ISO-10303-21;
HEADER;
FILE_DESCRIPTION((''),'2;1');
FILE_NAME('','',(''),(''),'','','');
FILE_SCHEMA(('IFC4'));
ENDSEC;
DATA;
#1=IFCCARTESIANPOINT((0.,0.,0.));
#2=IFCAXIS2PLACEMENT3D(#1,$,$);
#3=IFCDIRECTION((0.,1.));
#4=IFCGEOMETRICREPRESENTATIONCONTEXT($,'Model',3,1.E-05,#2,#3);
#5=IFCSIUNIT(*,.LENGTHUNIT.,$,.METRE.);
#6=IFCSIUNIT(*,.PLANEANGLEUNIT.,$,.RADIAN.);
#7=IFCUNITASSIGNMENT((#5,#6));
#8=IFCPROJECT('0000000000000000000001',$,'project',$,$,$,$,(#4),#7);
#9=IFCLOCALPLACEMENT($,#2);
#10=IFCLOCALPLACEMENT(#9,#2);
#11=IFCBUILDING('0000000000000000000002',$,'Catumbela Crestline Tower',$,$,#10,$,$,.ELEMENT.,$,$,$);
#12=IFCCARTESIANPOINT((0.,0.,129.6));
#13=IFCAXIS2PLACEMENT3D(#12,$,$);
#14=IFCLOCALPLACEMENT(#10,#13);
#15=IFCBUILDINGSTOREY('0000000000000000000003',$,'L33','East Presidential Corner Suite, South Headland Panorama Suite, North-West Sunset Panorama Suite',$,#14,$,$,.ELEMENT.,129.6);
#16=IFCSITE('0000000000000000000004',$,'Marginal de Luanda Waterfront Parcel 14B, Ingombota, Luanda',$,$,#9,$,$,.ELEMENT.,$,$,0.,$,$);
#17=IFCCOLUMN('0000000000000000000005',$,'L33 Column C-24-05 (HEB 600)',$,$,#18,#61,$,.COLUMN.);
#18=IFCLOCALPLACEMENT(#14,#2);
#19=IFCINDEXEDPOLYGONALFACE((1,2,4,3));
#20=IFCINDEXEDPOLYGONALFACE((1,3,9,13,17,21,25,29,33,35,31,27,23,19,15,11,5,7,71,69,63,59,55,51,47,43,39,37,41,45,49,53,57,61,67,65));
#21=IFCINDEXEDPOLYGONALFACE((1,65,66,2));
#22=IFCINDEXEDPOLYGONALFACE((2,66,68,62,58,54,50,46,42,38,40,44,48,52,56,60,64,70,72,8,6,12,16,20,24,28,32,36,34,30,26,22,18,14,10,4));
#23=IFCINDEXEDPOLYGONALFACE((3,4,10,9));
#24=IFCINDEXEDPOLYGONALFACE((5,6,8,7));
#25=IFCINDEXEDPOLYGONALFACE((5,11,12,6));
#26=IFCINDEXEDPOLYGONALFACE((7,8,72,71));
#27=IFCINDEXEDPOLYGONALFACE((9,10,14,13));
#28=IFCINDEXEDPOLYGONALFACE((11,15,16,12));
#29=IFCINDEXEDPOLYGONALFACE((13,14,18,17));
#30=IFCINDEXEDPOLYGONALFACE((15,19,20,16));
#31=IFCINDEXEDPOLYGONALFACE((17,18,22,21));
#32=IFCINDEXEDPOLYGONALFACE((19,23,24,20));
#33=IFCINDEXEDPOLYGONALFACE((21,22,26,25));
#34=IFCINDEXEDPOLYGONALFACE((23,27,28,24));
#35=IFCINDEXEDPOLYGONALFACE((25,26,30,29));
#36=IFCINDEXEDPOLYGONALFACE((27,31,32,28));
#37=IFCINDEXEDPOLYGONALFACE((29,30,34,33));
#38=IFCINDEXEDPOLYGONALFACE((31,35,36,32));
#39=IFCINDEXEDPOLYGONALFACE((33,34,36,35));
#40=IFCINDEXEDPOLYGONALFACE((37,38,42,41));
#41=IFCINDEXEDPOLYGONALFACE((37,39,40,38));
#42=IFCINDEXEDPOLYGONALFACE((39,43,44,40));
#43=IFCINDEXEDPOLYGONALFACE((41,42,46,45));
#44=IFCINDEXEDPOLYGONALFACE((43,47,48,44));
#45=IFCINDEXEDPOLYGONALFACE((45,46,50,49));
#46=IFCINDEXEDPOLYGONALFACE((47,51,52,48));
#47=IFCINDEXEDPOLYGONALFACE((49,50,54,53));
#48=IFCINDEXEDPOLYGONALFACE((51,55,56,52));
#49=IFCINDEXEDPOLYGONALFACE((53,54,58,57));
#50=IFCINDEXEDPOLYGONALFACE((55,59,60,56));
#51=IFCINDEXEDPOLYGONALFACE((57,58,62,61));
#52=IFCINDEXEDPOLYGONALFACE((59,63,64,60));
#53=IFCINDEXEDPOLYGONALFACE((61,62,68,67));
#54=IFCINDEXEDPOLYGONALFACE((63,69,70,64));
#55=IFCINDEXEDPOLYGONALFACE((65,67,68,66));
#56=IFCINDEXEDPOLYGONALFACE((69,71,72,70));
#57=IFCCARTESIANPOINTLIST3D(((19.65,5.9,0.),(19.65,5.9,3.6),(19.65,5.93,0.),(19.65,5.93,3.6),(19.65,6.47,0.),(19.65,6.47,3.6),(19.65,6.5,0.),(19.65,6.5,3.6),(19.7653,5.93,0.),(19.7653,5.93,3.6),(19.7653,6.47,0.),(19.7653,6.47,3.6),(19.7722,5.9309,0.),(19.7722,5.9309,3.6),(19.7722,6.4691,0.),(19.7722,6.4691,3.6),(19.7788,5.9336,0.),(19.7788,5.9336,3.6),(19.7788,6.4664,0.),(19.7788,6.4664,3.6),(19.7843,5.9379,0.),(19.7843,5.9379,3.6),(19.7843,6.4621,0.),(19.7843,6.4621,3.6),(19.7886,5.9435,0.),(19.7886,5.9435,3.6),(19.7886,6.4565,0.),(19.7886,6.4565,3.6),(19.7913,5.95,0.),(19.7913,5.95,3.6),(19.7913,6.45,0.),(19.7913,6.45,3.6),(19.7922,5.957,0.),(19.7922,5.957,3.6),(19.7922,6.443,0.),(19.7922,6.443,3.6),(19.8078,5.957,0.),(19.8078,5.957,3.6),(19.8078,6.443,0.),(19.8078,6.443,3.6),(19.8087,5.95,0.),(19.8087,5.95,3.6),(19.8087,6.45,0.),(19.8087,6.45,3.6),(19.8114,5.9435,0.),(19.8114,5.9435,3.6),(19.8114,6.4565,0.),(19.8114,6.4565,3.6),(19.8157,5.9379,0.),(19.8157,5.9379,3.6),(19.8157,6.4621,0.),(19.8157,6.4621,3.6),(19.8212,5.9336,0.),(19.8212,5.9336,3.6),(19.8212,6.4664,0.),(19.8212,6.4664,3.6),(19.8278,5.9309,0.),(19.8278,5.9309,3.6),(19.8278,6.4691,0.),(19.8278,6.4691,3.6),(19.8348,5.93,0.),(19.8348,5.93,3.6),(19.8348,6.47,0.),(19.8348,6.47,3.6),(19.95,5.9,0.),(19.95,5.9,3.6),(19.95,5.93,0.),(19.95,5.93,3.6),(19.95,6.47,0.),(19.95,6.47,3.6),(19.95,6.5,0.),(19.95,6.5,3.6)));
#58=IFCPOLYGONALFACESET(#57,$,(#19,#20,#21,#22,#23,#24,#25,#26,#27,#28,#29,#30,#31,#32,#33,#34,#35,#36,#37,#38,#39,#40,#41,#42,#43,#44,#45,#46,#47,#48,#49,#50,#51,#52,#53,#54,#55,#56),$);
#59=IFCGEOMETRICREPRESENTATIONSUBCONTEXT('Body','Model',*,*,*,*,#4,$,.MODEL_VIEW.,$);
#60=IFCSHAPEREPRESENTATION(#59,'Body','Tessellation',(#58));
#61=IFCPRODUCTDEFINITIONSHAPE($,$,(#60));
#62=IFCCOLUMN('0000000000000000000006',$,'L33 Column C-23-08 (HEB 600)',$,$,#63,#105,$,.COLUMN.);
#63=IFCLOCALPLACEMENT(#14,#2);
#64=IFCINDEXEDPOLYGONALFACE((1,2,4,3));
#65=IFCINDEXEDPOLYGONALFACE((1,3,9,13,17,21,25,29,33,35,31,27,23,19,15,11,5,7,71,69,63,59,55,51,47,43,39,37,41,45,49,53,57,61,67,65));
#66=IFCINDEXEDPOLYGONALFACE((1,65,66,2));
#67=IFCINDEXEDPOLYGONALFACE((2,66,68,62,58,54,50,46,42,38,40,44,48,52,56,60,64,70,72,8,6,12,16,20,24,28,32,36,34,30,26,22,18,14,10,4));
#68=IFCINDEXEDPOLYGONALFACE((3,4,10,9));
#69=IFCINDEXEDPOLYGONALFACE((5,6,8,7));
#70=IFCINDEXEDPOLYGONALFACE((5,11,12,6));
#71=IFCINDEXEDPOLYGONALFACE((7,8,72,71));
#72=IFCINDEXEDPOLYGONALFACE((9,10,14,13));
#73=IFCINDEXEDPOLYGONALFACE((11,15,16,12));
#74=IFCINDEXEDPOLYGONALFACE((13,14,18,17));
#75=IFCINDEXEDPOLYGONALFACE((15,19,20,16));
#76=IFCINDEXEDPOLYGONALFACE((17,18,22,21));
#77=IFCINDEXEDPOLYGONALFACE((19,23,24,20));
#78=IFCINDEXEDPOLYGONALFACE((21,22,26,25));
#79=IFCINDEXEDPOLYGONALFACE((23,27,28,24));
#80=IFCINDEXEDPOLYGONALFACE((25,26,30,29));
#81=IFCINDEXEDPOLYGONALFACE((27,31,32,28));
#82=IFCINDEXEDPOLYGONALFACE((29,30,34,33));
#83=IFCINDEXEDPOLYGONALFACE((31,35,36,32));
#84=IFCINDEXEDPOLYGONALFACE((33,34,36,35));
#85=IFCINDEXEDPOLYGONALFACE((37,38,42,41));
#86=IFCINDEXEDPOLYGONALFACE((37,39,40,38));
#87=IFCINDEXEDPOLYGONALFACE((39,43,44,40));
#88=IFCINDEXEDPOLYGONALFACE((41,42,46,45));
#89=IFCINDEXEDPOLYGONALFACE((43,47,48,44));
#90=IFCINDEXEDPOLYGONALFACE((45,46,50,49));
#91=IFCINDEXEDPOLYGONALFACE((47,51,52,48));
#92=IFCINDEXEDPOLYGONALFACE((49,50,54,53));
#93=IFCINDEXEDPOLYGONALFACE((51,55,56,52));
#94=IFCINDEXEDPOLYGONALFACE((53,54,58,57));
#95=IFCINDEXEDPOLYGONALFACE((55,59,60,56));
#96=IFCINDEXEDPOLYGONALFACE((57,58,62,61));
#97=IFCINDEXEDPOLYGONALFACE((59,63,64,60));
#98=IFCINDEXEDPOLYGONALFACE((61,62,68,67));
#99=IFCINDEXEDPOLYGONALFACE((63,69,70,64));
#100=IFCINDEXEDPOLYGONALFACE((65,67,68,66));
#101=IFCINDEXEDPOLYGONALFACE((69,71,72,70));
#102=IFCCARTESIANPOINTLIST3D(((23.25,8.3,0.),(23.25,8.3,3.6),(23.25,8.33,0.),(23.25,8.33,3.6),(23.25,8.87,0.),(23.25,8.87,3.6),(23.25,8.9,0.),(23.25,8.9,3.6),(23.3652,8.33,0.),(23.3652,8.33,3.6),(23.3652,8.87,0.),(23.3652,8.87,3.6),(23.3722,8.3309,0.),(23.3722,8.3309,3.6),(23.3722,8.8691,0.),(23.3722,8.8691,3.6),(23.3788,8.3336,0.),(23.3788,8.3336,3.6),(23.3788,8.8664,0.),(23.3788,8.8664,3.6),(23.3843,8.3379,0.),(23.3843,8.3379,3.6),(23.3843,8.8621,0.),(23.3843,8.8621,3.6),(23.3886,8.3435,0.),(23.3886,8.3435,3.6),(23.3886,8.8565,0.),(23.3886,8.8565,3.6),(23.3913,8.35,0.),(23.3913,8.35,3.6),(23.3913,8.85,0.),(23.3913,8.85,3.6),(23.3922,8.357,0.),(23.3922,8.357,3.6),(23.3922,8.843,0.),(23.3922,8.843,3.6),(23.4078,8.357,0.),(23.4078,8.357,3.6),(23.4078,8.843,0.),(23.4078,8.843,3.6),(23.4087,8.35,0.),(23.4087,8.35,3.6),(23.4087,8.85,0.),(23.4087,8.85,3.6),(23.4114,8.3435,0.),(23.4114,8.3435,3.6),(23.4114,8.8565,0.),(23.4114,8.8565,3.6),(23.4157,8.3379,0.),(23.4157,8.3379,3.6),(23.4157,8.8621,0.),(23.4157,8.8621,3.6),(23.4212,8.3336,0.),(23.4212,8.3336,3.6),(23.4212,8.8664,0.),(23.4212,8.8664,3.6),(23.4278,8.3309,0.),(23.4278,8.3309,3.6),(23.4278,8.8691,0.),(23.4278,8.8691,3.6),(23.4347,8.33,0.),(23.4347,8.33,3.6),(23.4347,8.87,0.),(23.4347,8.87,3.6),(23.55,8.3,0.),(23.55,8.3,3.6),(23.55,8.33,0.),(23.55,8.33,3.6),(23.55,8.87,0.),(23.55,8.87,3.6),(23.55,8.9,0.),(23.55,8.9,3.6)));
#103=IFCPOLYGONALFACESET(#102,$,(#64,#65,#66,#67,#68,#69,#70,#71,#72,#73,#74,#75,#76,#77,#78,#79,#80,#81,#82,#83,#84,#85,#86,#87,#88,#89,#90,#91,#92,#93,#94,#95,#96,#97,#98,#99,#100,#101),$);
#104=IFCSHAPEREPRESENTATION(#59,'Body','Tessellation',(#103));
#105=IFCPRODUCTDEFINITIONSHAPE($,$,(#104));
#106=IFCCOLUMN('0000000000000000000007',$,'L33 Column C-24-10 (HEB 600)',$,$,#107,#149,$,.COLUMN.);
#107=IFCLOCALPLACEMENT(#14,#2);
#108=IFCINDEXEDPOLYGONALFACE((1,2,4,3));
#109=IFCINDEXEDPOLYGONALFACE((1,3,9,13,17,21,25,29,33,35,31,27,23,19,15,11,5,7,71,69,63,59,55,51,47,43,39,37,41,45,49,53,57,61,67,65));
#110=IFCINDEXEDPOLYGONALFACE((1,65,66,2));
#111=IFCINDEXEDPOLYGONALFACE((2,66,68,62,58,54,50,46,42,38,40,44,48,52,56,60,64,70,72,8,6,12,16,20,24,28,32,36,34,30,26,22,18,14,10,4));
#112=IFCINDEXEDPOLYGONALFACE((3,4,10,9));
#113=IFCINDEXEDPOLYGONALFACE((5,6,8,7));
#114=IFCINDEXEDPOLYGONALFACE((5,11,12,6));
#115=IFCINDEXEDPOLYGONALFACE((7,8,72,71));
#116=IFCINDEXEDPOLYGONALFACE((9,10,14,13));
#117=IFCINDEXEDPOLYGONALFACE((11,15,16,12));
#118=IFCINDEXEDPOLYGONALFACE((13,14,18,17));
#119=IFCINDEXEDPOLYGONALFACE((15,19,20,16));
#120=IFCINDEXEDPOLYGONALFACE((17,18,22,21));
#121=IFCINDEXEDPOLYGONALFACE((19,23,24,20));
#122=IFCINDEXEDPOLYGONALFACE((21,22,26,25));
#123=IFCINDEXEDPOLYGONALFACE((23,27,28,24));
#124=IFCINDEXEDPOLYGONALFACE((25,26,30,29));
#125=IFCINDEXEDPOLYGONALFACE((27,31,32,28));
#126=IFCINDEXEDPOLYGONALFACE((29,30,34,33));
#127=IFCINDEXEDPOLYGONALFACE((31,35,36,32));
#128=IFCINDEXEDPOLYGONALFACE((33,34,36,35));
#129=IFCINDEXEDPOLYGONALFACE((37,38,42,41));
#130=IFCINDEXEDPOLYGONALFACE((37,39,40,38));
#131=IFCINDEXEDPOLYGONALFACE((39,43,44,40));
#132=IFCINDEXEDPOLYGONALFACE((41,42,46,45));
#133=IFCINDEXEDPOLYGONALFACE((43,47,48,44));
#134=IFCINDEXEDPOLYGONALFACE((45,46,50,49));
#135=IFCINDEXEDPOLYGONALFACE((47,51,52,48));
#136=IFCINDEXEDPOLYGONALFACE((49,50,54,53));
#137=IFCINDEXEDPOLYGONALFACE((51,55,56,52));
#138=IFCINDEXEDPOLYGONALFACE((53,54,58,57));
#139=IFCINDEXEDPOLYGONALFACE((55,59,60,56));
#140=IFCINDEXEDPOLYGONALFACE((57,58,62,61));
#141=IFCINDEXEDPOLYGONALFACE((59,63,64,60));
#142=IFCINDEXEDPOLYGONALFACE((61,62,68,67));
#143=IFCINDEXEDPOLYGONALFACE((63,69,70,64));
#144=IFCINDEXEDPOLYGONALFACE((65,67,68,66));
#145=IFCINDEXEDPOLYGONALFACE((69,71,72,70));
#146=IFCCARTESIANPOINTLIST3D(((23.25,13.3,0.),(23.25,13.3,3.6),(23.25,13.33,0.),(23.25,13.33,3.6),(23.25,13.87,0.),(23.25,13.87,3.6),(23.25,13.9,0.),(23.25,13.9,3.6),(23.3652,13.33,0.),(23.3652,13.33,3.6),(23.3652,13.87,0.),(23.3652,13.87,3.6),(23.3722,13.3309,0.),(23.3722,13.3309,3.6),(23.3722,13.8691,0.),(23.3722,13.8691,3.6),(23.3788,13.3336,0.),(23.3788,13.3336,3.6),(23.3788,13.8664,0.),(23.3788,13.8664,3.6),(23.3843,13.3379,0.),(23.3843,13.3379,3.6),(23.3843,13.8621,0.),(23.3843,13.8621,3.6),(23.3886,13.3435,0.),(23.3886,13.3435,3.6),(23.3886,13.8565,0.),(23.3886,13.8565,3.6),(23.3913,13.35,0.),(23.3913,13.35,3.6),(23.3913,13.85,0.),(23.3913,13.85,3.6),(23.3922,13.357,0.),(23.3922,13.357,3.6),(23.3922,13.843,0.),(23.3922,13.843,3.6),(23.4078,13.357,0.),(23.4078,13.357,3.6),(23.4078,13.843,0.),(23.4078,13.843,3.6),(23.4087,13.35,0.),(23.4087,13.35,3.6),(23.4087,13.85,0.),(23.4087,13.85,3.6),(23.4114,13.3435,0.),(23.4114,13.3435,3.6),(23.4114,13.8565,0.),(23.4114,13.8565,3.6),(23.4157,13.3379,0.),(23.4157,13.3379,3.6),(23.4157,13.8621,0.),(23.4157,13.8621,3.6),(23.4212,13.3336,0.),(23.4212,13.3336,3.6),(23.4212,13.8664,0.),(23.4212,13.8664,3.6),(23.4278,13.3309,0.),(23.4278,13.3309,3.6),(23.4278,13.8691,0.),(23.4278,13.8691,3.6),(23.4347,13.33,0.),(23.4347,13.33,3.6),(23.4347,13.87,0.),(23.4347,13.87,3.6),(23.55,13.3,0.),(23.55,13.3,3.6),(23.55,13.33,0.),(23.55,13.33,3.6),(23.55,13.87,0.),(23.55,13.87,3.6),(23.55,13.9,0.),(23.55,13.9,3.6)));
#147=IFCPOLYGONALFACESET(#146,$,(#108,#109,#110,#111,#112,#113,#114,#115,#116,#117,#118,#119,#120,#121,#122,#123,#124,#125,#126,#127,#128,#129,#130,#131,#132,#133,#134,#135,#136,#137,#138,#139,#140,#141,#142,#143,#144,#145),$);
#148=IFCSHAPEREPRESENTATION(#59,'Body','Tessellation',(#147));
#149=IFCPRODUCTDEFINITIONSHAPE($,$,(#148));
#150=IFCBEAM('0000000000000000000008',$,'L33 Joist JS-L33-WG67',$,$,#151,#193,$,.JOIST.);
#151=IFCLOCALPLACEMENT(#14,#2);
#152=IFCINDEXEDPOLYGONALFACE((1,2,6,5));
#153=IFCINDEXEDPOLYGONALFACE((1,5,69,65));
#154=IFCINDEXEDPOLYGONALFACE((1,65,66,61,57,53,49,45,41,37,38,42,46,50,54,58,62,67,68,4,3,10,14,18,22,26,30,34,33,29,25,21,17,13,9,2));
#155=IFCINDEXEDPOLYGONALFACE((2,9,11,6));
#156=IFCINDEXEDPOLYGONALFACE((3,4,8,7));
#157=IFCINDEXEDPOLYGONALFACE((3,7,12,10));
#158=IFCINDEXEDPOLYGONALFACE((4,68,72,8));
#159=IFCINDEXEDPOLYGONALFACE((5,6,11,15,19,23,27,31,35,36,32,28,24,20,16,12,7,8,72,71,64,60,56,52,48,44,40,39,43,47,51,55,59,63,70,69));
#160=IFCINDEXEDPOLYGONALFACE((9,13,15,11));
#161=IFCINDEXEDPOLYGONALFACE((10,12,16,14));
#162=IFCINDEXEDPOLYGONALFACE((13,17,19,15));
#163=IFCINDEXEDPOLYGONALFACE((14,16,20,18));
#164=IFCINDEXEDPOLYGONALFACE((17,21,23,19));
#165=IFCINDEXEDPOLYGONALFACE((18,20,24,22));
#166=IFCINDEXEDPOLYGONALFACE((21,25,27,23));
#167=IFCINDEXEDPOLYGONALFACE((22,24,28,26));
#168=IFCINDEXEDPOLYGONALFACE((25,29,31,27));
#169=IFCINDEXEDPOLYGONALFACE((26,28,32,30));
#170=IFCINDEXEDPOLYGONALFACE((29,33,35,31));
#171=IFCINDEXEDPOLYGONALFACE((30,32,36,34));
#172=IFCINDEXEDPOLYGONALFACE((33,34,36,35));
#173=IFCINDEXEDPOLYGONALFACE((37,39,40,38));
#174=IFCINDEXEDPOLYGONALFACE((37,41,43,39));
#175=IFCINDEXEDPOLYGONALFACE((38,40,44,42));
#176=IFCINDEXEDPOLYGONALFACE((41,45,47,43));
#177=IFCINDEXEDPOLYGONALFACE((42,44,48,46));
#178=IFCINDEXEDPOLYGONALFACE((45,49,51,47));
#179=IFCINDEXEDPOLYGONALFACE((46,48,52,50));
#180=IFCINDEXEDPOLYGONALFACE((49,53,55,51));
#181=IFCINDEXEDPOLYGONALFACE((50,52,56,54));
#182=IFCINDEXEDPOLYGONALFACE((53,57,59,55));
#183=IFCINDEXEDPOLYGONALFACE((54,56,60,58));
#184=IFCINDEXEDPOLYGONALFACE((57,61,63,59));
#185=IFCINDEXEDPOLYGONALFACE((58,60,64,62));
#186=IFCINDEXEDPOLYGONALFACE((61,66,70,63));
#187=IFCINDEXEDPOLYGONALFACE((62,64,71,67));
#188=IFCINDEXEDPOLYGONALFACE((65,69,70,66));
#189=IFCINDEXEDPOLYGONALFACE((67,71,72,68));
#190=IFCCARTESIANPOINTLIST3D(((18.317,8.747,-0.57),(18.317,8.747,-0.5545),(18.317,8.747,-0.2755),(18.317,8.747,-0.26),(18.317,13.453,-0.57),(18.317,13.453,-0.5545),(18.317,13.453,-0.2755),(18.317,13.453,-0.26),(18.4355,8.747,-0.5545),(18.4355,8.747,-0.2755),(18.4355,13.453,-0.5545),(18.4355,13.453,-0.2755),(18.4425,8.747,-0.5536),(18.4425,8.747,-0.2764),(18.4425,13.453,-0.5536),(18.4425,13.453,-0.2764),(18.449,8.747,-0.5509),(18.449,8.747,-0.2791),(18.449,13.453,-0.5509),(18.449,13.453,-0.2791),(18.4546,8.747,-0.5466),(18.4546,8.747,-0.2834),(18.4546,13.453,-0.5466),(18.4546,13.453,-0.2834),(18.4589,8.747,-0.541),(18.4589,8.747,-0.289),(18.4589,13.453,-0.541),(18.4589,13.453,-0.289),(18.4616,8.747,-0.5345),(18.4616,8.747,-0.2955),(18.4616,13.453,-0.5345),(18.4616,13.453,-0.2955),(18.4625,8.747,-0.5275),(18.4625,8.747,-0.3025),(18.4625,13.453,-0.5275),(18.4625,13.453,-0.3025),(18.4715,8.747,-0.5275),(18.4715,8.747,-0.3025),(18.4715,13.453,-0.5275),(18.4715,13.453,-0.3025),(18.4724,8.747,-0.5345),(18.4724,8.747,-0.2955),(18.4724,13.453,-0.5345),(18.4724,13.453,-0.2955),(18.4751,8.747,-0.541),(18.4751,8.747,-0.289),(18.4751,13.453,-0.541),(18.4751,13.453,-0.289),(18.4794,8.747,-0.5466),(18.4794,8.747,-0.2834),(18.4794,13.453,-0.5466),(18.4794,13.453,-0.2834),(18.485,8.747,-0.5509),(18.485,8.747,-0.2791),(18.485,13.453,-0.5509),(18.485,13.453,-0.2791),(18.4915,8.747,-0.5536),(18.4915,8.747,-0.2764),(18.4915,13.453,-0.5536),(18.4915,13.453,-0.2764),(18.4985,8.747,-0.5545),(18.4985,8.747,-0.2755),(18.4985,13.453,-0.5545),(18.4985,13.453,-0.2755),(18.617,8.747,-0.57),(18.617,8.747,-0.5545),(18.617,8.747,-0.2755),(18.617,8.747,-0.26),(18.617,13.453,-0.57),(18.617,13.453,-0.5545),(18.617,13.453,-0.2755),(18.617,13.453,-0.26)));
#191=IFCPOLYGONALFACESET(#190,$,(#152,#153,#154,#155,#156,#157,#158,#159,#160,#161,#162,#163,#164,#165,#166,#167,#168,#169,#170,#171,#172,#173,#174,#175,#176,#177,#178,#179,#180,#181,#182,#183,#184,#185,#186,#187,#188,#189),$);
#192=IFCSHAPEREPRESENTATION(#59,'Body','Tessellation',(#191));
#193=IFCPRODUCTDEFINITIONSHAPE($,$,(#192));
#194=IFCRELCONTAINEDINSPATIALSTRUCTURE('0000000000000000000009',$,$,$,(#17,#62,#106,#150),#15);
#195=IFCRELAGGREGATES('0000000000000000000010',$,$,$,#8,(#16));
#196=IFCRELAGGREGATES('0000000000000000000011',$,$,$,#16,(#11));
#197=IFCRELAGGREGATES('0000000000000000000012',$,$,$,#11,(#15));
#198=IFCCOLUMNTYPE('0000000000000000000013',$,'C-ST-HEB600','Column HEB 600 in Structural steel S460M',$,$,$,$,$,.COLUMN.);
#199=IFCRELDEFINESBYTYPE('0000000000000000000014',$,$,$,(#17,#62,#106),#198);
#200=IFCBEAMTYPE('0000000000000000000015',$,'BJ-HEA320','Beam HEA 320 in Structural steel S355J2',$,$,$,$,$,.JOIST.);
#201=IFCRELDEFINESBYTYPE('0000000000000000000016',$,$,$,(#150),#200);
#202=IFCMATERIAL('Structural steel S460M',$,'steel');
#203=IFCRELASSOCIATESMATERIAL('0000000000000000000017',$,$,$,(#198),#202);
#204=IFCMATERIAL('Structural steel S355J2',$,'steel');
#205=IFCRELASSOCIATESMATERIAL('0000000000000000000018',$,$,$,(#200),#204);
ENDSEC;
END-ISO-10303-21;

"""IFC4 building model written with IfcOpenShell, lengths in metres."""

from ifc_helpers import new_model, si_unit, direction, frame, origin, origin_2d, place, context, subcontext, project, spatial, i_section, extrude, material, material_profile, profile_set, type_object, element, save


model = new_model("IFC4")

# Units and contexts
model_context = context("Model", 3, precision=1e-05, world=origin(), true_north=direction((0.0, 1.0)))
body_context = subcontext(model_context, "Body", "Model", "MODEL_VIEW")
ifc_project = project(units=[si_unit("LENGTHUNIT", "METRE"), si_unit("PLANEANGLEUNIT", "RADIAN")], contexts=[model_context])

# Site, building, storey
site_placement = place(None, origin())
site = spatial("IfcSite", under=ifc_project, at=site_placement, Name="Marginal de Luanda Waterfront Parcel 14B, Ingombota, Luanda", CompositionType="ELEMENT", RefElevation=0.0)
building_placement = place(site_placement, origin())
building = spatial("IfcBuilding", under=site, at=building_placement, Name="Catumbela Crestline Tower", CompositionType="ELEMENT")
storey_placement = place(building_placement, frame((0.0, 0.0, 129.6)))
storey = spatial("IfcBuildingStorey", under=building, at=storey_placement, Name="L33", Description="East Presidential Corner Suite, South Headland Panorama Suite, North-West Sunset Panorama Suite", CompositionType="ELEMENT", Elevation=129.6)

# Columns
ifc_material_1 = material(Name="Structural steel S460M", Category="steel")
ifc_material_profile_1 = material_profile(ifc_material_1, i_section(OverallWidth=0.3, OverallDepth=0.6, WebThickness=0.0155, FlangeThickness=0.03, FilletRadius=0.027, at=origin_2d()), Name="HEB 600")
ifc_profile_set_1 = profile_set([ifc_material_profile_1], Name="Structural steel S460M")
column_type = type_object("IfcColumnType", Name="C-ST-HEB600", Description="Column HEB 600 in Structural steel S460M", PredefinedType="COLUMN", material=ifc_profile_set_1)
for number, where, z_axis, x_axis, name in (
    (1, (19.8, 6.2, 0.0), (0.0, 0.0, 1.0), (1.0, 0.0, 0.0), "L33 Column C-24-05 (HEB 600)"),
    (2, (23.4, 8.6, 0.0), (0.0, 0.0, 1.0), (1.0, 0.0, 0.0), "L33 Column C-23-08 (HEB 600)"),
    (3, (23.4, 13.6, 0.0), (0.0, 0.0, 1.0), (1.0, 0.0, 0.0), "L33 Column C-24-10 (HEB 600)"),
):
    element("IfcColumn", number, at=place(storey_placement, frame(where, z_axis=z_axis, x_axis=x_axis)), inside=storey, type_object=column_type, Name=name, PredefinedType="COLUMN", context=body_context, shape_type="SweptSolid", body=[
        extrude(i_section(OverallWidth=0.3, OverallDepth=0.6, WebThickness=0.0155, FlangeThickness=0.03, FilletRadius=0.027, at=origin_2d()), origin(), (0.0, 0.0, 1.0), 3.6),
    ])

# Beam
ifc_material_2 = material(Name="Structural steel S355J2", Category="steel")
ifc_material_profile_2 = material_profile(ifc_material_2, i_section(OverallWidth=0.3, OverallDepth=0.31, WebThickness=0.009, FlangeThickness=0.0155, FilletRadius=0.027, at=origin_2d()), Name="HEA 320")
ifc_profile_set_2 = profile_set([ifc_material_profile_2], Name="Structural steel S355J2")
beam_type_1 = type_object("IfcBeamType", Name="BJ-HEA320", Description="Beam HEA 320 in Structural steel S355J2", PredefinedType="JOIST", material=ifc_profile_set_2)
for number, where, z_axis, x_axis, name in (
    (4, (18.467, 8.747, -0.415), (0.0, 1.0, 0.0), (-1.0, 0.0, 0.0), "L33 Joist JS-L33-WG67"),
):
    element("IfcBeam", number, at=place(storey_placement, frame(where, z_axis=z_axis, x_axis=x_axis)), inside=storey, type_object=beam_type_1, Name=name, PredefinedType="JOIST", context=body_context, shape_type="SweptSolid", body=[
        extrude(i_section(OverallWidth=0.3, OverallDepth=0.31, WebThickness=0.009, FlangeThickness=0.0155, FilletRadius=0.027, at=origin_2d()), origin(), (0.0, 0.0, 1.0), 4.706),
    ])

save(model, "model.ifc")
